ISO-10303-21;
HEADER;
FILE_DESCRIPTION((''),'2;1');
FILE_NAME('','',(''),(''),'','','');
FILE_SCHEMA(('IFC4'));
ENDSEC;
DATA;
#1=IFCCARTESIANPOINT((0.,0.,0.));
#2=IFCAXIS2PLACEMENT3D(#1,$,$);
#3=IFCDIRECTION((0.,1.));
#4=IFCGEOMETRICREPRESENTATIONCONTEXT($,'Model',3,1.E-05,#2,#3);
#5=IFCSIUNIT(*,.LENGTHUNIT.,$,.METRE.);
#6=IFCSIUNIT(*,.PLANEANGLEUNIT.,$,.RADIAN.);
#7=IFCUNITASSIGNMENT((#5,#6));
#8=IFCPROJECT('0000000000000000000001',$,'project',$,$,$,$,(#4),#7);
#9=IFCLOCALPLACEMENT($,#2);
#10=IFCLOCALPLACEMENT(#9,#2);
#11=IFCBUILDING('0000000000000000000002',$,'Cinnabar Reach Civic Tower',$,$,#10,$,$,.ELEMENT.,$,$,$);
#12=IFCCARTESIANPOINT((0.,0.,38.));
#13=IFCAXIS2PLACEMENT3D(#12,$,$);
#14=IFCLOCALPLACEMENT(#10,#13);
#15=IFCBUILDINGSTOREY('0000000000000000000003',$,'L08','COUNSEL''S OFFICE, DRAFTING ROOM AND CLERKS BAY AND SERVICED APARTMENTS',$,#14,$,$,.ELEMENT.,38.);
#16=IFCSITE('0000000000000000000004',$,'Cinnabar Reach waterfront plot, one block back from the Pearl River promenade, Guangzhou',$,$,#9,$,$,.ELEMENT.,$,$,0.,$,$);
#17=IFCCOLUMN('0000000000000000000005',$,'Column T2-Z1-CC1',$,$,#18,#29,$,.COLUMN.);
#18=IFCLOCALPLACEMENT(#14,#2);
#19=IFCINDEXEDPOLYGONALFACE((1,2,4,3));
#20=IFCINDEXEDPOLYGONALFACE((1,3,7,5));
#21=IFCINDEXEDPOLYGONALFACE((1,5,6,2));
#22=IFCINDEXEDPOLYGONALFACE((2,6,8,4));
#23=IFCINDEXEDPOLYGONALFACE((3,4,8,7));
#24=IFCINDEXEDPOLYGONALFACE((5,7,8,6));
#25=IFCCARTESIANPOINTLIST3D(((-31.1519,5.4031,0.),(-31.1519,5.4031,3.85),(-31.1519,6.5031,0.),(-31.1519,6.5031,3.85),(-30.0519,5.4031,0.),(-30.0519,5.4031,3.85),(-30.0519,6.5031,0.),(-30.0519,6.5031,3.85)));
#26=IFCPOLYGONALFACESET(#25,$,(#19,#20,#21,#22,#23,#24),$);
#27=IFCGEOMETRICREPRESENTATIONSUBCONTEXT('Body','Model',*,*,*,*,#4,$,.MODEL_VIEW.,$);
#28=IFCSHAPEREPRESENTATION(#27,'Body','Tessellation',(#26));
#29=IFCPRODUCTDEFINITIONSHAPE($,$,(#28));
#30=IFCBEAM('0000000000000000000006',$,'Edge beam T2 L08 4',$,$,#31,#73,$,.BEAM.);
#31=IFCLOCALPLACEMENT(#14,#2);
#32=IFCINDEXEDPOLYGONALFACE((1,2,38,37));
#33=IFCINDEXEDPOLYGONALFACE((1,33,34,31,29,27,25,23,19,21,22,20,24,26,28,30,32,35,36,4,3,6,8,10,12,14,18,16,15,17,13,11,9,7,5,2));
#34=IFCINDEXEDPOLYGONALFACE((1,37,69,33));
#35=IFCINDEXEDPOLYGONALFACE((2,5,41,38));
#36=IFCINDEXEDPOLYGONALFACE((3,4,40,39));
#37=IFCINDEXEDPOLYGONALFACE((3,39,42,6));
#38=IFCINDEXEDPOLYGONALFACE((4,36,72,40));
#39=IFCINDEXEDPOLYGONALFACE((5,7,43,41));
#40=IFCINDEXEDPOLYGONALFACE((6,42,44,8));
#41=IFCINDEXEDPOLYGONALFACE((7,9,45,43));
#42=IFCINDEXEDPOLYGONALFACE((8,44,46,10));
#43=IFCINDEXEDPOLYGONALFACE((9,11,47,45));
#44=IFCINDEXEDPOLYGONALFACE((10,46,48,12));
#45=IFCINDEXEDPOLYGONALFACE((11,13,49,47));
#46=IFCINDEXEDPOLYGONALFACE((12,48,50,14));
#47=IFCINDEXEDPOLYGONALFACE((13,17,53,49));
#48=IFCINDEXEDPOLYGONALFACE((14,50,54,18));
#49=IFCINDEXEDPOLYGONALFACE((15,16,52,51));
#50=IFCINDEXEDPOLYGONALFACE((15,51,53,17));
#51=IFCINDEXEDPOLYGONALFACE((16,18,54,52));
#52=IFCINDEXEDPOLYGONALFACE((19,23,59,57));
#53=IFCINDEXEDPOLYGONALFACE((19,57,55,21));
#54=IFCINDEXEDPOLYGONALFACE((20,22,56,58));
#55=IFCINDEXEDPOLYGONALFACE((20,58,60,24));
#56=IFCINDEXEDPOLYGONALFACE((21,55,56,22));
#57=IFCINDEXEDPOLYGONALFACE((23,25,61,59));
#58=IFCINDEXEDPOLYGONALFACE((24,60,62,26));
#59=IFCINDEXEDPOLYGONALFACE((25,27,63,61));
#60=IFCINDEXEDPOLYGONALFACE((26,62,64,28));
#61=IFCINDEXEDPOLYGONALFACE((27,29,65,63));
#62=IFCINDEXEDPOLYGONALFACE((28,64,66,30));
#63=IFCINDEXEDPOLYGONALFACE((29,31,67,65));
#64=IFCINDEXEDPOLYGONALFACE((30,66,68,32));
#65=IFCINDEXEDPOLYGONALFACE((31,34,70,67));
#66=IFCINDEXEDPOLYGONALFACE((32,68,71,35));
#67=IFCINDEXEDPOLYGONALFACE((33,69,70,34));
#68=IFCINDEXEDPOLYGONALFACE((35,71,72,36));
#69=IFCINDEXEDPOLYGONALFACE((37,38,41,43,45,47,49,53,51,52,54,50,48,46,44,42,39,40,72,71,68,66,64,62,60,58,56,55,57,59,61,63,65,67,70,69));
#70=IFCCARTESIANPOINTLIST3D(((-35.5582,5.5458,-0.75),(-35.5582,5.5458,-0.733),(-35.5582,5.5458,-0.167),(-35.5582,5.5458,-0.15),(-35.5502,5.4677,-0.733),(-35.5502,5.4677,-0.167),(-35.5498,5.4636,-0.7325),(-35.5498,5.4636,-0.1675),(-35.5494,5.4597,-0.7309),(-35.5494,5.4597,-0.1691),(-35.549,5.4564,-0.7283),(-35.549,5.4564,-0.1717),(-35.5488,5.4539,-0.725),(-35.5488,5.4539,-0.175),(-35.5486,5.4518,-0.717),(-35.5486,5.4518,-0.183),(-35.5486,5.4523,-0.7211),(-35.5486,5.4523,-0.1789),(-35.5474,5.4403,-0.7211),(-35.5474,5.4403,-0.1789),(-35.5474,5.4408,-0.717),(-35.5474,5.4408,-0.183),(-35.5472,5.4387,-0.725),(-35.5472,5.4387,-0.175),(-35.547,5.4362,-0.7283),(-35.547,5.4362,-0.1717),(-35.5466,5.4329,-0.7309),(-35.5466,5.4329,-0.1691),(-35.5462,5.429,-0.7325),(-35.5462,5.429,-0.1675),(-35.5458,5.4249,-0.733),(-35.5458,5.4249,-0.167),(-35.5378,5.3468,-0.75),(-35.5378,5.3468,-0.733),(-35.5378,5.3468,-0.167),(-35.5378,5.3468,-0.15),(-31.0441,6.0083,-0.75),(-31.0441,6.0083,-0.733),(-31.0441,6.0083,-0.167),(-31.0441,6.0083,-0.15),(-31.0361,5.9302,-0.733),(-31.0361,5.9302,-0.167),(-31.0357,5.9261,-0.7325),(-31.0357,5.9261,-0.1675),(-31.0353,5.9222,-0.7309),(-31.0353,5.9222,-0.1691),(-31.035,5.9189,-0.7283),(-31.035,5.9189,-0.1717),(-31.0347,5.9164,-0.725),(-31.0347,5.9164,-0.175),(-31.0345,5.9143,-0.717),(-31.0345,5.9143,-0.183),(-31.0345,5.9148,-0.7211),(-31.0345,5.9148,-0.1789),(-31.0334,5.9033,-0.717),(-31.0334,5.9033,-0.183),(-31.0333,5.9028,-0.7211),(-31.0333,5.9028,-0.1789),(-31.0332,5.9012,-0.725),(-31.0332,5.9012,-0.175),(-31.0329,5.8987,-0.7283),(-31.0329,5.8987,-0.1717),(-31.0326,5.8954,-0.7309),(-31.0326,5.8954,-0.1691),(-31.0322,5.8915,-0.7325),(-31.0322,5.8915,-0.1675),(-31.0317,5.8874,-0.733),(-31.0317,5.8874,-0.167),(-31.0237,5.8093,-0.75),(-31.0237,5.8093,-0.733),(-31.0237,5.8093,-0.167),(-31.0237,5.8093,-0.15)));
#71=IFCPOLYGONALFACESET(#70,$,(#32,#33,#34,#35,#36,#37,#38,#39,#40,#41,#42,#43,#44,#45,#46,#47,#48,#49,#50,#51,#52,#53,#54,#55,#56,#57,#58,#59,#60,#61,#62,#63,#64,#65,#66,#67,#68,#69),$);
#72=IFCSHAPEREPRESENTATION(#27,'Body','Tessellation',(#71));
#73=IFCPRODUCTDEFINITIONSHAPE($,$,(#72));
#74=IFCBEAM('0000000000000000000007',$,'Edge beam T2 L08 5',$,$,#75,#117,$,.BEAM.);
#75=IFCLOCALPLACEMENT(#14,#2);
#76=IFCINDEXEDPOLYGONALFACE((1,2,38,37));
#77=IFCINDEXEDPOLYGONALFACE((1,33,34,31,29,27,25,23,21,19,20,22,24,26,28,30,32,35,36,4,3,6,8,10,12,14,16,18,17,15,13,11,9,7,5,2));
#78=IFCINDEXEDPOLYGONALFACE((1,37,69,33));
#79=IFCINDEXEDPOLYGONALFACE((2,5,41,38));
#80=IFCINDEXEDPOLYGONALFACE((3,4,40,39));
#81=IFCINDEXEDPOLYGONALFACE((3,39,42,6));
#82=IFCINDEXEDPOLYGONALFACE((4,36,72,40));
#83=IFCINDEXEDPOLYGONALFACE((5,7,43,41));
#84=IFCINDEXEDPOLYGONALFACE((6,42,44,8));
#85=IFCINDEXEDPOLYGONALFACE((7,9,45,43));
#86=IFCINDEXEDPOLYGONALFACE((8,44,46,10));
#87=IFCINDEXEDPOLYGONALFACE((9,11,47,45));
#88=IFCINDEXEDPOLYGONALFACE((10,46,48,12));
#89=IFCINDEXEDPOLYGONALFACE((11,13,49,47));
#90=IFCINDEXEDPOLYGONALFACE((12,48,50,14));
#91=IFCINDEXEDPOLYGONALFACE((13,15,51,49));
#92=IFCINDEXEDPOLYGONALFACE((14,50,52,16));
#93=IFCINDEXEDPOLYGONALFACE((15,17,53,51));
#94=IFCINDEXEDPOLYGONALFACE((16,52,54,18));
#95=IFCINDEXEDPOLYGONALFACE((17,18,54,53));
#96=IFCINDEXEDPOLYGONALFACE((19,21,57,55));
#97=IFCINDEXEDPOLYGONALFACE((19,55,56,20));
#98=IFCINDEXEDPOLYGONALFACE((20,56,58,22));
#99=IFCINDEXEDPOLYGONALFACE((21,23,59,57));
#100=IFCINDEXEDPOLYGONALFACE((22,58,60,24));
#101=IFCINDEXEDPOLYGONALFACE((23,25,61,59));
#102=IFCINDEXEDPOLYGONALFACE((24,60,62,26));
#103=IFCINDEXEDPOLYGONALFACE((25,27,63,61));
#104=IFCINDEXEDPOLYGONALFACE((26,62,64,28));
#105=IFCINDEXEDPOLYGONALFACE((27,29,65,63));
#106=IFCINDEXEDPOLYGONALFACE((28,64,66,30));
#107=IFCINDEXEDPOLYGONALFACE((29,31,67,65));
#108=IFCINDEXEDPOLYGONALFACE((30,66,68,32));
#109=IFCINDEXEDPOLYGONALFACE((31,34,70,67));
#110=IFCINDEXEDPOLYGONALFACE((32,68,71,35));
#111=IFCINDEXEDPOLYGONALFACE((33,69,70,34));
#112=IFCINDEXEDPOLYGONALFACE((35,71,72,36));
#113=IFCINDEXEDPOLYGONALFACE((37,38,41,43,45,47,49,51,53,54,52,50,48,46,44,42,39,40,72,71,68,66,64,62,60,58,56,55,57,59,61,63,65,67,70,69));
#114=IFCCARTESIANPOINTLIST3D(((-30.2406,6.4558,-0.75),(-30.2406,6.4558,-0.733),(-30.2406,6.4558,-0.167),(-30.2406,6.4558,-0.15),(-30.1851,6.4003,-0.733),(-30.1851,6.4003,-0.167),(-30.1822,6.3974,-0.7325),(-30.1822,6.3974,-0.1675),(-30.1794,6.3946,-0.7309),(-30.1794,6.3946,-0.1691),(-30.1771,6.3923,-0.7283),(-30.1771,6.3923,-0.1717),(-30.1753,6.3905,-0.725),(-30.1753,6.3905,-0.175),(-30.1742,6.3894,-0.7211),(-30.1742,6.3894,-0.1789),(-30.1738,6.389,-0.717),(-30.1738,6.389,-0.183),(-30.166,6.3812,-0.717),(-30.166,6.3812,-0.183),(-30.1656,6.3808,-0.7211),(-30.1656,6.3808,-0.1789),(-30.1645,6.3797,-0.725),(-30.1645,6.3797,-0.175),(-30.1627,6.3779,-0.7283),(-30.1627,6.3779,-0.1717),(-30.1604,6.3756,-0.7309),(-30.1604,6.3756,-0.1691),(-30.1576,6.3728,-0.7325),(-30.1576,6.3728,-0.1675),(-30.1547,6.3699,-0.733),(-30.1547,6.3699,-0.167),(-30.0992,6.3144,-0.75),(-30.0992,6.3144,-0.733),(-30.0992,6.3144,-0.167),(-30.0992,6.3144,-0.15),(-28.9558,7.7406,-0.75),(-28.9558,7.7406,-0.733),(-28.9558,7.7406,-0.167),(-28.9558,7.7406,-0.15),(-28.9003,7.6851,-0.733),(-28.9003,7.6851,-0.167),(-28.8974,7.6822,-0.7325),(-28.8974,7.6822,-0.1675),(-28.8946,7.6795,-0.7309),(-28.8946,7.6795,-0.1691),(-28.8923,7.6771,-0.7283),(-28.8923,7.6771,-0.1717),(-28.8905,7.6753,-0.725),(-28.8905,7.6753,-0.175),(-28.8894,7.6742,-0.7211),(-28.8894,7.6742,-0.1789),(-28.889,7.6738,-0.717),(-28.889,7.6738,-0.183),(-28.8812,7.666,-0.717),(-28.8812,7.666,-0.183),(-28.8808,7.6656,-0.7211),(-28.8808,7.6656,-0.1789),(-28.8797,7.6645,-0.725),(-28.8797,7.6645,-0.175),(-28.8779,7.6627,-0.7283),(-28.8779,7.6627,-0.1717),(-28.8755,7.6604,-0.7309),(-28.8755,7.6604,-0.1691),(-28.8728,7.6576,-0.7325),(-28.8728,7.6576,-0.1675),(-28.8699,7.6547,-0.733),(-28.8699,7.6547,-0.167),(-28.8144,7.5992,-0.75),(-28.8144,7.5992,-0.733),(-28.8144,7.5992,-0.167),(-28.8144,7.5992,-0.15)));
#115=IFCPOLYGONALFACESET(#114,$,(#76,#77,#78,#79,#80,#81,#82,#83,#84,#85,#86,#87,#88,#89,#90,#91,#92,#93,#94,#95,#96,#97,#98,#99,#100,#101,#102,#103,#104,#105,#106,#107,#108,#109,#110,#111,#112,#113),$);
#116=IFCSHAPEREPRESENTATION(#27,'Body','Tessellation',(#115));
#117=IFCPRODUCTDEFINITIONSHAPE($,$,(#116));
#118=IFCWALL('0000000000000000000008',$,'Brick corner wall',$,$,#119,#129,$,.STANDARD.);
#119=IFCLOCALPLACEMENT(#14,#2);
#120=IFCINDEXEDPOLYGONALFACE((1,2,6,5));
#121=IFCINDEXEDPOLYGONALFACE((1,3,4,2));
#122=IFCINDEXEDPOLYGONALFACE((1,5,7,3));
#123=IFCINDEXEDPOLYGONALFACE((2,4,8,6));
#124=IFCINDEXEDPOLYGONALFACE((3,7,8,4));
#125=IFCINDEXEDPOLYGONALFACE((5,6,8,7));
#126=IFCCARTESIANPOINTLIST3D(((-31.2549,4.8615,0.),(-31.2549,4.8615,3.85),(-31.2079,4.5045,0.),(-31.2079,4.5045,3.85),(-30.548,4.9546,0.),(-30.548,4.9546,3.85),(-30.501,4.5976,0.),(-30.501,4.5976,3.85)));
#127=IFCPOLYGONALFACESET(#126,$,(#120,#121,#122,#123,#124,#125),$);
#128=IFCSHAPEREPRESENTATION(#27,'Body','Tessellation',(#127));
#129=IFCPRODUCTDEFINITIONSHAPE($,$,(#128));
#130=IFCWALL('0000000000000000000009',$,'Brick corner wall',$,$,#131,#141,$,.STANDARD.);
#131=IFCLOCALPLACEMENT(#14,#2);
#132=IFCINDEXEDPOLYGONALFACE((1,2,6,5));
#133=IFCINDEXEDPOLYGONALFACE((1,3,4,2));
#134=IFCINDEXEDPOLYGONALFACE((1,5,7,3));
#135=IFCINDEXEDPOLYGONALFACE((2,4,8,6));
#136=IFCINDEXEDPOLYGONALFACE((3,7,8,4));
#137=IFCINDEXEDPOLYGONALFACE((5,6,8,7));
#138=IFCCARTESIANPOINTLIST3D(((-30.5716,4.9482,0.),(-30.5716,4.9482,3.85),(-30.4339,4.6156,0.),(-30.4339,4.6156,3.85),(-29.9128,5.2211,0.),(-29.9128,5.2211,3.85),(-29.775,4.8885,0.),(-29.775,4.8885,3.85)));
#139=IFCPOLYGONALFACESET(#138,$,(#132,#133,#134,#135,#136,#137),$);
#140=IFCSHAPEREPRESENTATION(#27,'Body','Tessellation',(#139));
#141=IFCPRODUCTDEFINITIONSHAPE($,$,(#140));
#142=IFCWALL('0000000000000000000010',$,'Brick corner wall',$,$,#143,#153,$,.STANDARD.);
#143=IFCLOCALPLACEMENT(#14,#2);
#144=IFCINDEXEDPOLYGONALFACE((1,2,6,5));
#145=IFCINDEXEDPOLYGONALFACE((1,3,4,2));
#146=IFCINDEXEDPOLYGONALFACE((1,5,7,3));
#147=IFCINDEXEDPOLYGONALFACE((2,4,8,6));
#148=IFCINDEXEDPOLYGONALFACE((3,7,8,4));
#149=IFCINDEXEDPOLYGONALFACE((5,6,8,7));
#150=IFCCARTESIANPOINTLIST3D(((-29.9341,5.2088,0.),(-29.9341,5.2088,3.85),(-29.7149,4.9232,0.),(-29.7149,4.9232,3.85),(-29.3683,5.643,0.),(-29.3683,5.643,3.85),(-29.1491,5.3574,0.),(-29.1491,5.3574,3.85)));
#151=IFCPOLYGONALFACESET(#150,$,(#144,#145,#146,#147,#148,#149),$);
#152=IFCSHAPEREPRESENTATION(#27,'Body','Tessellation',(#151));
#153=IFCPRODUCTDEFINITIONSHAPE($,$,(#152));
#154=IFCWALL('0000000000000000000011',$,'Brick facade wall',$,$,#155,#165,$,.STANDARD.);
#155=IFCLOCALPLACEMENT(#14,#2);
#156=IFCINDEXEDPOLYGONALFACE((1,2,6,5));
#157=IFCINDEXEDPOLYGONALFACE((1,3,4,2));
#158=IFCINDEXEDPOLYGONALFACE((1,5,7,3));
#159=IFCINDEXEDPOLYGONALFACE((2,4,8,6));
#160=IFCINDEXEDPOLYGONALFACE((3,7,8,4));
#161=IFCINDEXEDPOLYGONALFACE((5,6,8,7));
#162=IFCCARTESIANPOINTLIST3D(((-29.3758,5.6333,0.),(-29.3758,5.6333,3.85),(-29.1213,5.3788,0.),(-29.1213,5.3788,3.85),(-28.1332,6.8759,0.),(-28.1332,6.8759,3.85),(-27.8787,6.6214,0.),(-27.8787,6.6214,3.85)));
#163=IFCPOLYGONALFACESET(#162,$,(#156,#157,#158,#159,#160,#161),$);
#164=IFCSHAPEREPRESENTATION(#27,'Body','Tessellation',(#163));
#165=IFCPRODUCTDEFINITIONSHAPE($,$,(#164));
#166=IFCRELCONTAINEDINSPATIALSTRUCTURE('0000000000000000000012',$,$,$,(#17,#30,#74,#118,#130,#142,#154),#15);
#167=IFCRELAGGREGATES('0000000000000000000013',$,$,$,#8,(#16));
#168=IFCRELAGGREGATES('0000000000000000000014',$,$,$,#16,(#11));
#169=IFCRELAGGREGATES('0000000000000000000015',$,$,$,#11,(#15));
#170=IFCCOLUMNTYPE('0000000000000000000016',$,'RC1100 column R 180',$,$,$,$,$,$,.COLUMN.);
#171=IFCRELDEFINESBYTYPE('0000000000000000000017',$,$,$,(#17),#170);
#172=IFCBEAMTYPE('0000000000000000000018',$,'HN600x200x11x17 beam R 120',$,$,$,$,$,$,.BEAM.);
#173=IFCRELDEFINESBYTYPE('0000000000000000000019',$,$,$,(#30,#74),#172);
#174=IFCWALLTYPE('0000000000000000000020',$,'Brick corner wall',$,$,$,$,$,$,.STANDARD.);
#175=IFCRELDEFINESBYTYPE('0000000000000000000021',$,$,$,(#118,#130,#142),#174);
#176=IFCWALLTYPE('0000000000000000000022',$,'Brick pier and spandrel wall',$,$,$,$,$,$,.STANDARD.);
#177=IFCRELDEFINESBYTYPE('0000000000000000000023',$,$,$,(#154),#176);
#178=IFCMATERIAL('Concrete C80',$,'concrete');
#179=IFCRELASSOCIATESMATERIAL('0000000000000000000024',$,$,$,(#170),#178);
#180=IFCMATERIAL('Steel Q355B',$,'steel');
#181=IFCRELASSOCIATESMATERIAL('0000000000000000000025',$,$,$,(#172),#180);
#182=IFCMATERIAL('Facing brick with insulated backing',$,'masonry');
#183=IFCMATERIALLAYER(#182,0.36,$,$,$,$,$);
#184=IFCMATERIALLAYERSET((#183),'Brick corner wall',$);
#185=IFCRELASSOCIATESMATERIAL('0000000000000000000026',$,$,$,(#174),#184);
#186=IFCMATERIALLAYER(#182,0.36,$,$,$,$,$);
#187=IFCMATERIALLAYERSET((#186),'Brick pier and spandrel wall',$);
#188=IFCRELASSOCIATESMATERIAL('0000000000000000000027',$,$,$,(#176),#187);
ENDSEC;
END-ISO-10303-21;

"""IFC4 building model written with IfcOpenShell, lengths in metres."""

from ifc_helpers import new_model, si_unit, direction, frame, frame_2d, origin, origin_2d, place, context, subcontext, project, spatial, rectangle, i_section, extrude, material, layer, layer_set, material_profile, profile_set, type_object, element, save


model = new_model("IFC4")

# Units and contexts
model_context = context("Model", 3, precision=1e-05, world=origin(), true_north=direction((0.0, 1.0)))
body_context = subcontext(model_context, "Body", "Model", "MODEL_VIEW")
ifc_project = project(units=[si_unit("LENGTHUNIT", "METRE"), si_unit("PLANEANGLEUNIT", "RADIAN")], contexts=[model_context])

# Site, building, storey
site_placement = place(None, origin())
site = spatial("IfcSite", under=ifc_project, at=site_placement, Name="Cinnabar Reach waterfront plot, one block back from the Pearl River promenade, Guangzhou", CompositionType="ELEMENT", RefElevation=0.0)
building_placement = place(site_placement, origin())
building = spatial("IfcBuilding", under=site, at=building_placement, Name="Cinnabar Reach Civic Tower", CompositionType="ELEMENT")
storey_placement = place(building_placement, frame((0.0, 0.0, 38.0)))
storey = spatial("IfcBuildingStorey", under=building, at=storey_placement, Name="L08", Description="COUNSEL'S OFFICE, DRAFTING ROOM AND CLERKS BAY AND SERVICED APARTMENTS", CompositionType="ELEMENT", Elevation=38.0)

# Column
ifc_material_1 = material(Name="Concrete C80", Category="concrete")
ifc_material_profile_1 = material_profile(ifc_material_1, rectangle(XDim=1.1, YDim=1.1, at=origin_2d()), Name="RC1100")
ifc_profile_set_1 = profile_set([ifc_material_profile_1], Name="Concrete C80")
column_type = type_object("IfcColumnType", Name="RC1100 column R 180", PredefinedType="COLUMN", material=ifc_profile_set_1)
column_placement = place(storey_placement, frame((-30.6019, 5.9531, 0.0), z_axis=(0.0, 0.0, 1.0), x_axis=(1.0, 0.0, 0.0)))
element("IfcColumn", 1, at=column_placement, inside=storey, type_object=column_type, Name="Column T2-Z1-CC1", PredefinedType="COLUMN", context=body_context, shape_type="SweptSolid", body=[
    extrude(rectangle(XDim=1.1, YDim=1.1, at=origin_2d()), origin(), (0.0, 0.0, 1.0), 3.85),
])

# Beams
ifc_material_2 = material(Name="Steel Q355B", Category="steel")
ifc_material_profile_2 = material_profile(ifc_material_2, i_section(OverallWidth=0.2, OverallDepth=0.6, WebThickness=0.011, FlangeThickness=0.017, FilletRadius=0.016, at=origin_2d()), Name="HN600x200x11x17")
ifc_profile_set_2 = profile_set([ifc_material_profile_2], Name="Steel Q355B")
beam_type = type_object("IfcBeamType", Name="HN600x200x11x17 beam R 120", PredefinedType="BEAM", material=ifc_profile_set_2)
beam_1_placement = place(storey_placement, frame((-35.548, 5.4463, -0.45), z_axis=(0.994792, 0.101923, 0.0), x_axis=(-0.101923, 0.994792, 0.0)))
element("IfcBeam", 2, at=beam_1_placement, inside=storey, type_object=beam_type, Name="Edge beam T2 L08 4", PredefinedType="BEAM", context=body_context, shape_type="SweptSolid", body=[
    extrude(i_section(OverallWidth=0.2, OverallDepth=0.6, WebThickness=0.011, FlangeThickness=0.017, FilletRadius=0.016, at=origin_2d()), origin(), (0.0, 0.0, 1.0), 4.5377),
])
beam_2_placement = place(storey_placement, frame((-30.1699, 6.3851, -0.45), z_axis=(0.707107, 0.707107, 0.0), x_axis=(-0.707107, 0.707107, 0.0)))
element("IfcBeam", 3, at=beam_2_placement, inside=storey, type_object=beam_type, Name="Edge beam T2 L08 5", PredefinedType="BEAM", context=body_context, shape_type="SweptSolid", body=[
    extrude(i_section(OverallWidth=0.2, OverallDepth=0.6, WebThickness=0.011, FlangeThickness=0.017, FilletRadius=0.016, at=origin_2d()), origin(), (0.0, 0.0, 1.0), 1.817),
])

# Walls
ifc_material_3 = material(Name="Facing brick with insulated backing", Category="masonry")
ifc_layer_1 = layer(ifc_material_3, 0.36)
ifc_layer_set_1 = layer_set([ifc_layer_1], Name="Brick corner wall")
wall_type_1 = type_object("IfcWallType", Name="Brick corner wall", PredefinedType="STANDARD", material=ifc_layer_set_1)
for number, where, z_axis, x_axis, name in (
    (4, (-31.2314, 4.683, 0.0), (0.0, 0.0, 1.0), (0.991441, 0.130556, 0.0), "Brick corner wall"),
    (5, (-30.5027, 4.7819, 0.0), (0.0, 0.0, 1.0), (0.923872, 0.382703, 0.0), "Brick corner wall"),
):
    element("IfcWall", number, at=place(storey_placement, frame(where, z_axis=z_axis, x_axis=x_axis)), inside=storey, type_object=wall_type_1, Name=name, PredefinedType="STANDARD", context=body_context, shape_type="SweptSolid", body=[
        extrude(rectangle(XDim=0.7131, YDim=0.36, at=frame_2d((0.3565, 0.0))), origin(), (0.0, 0.0, 1.0), 3.85),
    ])
wall_1_placement = place(storey_placement, frame((-29.8245, 5.066, 0.0), z_axis=(0.0, 0.0, 1.0), x_axis=(0.793322, 0.608802, 0.0)))
element("IfcWall", 6, at=wall_1_placement, inside=storey, type_object=wall_type_1, Name="Brick corner wall", PredefinedType="STANDARD", context=body_context, shape_type="SweptSolid", body=[
    extrude(rectangle(XDim=0.7132, YDim=0.36, at=frame_2d((0.3566, 0.0))), origin(), (0.0, 0.0, 1.0), 3.85),
])
ifc_layer_2 = layer(ifc_material_3, 0.36)
ifc_layer_set_2 = layer_set([ifc_layer_2], Name="Brick pier and spandrel wall")
wall_type_2 = type_object("IfcWallType", Name="Brick pier and spandrel wall", PredefinedType="STANDARD", material=ifc_layer_set_2)
wall_2_placement = place(storey_placement, frame((-29.2486, 5.506, 0.0), z_axis=(0.0, 0.0, 1.0), x_axis=(0.707107, 0.707107, 0.0)))
element("IfcWall", 7, at=wall_2_placement, inside=storey, type_object=wall_type_2, Name="Brick facade wall", PredefinedType="STANDARD", context=body_context, shape_type="SweptSolid", body=[
    extrude(rectangle(XDim=1.7573, YDim=0.36, at=frame_2d((0.8787, 0.0))), origin(), (0.0, 0.0, 1.0), 3.85),
])

save(model, "model.ifc")
